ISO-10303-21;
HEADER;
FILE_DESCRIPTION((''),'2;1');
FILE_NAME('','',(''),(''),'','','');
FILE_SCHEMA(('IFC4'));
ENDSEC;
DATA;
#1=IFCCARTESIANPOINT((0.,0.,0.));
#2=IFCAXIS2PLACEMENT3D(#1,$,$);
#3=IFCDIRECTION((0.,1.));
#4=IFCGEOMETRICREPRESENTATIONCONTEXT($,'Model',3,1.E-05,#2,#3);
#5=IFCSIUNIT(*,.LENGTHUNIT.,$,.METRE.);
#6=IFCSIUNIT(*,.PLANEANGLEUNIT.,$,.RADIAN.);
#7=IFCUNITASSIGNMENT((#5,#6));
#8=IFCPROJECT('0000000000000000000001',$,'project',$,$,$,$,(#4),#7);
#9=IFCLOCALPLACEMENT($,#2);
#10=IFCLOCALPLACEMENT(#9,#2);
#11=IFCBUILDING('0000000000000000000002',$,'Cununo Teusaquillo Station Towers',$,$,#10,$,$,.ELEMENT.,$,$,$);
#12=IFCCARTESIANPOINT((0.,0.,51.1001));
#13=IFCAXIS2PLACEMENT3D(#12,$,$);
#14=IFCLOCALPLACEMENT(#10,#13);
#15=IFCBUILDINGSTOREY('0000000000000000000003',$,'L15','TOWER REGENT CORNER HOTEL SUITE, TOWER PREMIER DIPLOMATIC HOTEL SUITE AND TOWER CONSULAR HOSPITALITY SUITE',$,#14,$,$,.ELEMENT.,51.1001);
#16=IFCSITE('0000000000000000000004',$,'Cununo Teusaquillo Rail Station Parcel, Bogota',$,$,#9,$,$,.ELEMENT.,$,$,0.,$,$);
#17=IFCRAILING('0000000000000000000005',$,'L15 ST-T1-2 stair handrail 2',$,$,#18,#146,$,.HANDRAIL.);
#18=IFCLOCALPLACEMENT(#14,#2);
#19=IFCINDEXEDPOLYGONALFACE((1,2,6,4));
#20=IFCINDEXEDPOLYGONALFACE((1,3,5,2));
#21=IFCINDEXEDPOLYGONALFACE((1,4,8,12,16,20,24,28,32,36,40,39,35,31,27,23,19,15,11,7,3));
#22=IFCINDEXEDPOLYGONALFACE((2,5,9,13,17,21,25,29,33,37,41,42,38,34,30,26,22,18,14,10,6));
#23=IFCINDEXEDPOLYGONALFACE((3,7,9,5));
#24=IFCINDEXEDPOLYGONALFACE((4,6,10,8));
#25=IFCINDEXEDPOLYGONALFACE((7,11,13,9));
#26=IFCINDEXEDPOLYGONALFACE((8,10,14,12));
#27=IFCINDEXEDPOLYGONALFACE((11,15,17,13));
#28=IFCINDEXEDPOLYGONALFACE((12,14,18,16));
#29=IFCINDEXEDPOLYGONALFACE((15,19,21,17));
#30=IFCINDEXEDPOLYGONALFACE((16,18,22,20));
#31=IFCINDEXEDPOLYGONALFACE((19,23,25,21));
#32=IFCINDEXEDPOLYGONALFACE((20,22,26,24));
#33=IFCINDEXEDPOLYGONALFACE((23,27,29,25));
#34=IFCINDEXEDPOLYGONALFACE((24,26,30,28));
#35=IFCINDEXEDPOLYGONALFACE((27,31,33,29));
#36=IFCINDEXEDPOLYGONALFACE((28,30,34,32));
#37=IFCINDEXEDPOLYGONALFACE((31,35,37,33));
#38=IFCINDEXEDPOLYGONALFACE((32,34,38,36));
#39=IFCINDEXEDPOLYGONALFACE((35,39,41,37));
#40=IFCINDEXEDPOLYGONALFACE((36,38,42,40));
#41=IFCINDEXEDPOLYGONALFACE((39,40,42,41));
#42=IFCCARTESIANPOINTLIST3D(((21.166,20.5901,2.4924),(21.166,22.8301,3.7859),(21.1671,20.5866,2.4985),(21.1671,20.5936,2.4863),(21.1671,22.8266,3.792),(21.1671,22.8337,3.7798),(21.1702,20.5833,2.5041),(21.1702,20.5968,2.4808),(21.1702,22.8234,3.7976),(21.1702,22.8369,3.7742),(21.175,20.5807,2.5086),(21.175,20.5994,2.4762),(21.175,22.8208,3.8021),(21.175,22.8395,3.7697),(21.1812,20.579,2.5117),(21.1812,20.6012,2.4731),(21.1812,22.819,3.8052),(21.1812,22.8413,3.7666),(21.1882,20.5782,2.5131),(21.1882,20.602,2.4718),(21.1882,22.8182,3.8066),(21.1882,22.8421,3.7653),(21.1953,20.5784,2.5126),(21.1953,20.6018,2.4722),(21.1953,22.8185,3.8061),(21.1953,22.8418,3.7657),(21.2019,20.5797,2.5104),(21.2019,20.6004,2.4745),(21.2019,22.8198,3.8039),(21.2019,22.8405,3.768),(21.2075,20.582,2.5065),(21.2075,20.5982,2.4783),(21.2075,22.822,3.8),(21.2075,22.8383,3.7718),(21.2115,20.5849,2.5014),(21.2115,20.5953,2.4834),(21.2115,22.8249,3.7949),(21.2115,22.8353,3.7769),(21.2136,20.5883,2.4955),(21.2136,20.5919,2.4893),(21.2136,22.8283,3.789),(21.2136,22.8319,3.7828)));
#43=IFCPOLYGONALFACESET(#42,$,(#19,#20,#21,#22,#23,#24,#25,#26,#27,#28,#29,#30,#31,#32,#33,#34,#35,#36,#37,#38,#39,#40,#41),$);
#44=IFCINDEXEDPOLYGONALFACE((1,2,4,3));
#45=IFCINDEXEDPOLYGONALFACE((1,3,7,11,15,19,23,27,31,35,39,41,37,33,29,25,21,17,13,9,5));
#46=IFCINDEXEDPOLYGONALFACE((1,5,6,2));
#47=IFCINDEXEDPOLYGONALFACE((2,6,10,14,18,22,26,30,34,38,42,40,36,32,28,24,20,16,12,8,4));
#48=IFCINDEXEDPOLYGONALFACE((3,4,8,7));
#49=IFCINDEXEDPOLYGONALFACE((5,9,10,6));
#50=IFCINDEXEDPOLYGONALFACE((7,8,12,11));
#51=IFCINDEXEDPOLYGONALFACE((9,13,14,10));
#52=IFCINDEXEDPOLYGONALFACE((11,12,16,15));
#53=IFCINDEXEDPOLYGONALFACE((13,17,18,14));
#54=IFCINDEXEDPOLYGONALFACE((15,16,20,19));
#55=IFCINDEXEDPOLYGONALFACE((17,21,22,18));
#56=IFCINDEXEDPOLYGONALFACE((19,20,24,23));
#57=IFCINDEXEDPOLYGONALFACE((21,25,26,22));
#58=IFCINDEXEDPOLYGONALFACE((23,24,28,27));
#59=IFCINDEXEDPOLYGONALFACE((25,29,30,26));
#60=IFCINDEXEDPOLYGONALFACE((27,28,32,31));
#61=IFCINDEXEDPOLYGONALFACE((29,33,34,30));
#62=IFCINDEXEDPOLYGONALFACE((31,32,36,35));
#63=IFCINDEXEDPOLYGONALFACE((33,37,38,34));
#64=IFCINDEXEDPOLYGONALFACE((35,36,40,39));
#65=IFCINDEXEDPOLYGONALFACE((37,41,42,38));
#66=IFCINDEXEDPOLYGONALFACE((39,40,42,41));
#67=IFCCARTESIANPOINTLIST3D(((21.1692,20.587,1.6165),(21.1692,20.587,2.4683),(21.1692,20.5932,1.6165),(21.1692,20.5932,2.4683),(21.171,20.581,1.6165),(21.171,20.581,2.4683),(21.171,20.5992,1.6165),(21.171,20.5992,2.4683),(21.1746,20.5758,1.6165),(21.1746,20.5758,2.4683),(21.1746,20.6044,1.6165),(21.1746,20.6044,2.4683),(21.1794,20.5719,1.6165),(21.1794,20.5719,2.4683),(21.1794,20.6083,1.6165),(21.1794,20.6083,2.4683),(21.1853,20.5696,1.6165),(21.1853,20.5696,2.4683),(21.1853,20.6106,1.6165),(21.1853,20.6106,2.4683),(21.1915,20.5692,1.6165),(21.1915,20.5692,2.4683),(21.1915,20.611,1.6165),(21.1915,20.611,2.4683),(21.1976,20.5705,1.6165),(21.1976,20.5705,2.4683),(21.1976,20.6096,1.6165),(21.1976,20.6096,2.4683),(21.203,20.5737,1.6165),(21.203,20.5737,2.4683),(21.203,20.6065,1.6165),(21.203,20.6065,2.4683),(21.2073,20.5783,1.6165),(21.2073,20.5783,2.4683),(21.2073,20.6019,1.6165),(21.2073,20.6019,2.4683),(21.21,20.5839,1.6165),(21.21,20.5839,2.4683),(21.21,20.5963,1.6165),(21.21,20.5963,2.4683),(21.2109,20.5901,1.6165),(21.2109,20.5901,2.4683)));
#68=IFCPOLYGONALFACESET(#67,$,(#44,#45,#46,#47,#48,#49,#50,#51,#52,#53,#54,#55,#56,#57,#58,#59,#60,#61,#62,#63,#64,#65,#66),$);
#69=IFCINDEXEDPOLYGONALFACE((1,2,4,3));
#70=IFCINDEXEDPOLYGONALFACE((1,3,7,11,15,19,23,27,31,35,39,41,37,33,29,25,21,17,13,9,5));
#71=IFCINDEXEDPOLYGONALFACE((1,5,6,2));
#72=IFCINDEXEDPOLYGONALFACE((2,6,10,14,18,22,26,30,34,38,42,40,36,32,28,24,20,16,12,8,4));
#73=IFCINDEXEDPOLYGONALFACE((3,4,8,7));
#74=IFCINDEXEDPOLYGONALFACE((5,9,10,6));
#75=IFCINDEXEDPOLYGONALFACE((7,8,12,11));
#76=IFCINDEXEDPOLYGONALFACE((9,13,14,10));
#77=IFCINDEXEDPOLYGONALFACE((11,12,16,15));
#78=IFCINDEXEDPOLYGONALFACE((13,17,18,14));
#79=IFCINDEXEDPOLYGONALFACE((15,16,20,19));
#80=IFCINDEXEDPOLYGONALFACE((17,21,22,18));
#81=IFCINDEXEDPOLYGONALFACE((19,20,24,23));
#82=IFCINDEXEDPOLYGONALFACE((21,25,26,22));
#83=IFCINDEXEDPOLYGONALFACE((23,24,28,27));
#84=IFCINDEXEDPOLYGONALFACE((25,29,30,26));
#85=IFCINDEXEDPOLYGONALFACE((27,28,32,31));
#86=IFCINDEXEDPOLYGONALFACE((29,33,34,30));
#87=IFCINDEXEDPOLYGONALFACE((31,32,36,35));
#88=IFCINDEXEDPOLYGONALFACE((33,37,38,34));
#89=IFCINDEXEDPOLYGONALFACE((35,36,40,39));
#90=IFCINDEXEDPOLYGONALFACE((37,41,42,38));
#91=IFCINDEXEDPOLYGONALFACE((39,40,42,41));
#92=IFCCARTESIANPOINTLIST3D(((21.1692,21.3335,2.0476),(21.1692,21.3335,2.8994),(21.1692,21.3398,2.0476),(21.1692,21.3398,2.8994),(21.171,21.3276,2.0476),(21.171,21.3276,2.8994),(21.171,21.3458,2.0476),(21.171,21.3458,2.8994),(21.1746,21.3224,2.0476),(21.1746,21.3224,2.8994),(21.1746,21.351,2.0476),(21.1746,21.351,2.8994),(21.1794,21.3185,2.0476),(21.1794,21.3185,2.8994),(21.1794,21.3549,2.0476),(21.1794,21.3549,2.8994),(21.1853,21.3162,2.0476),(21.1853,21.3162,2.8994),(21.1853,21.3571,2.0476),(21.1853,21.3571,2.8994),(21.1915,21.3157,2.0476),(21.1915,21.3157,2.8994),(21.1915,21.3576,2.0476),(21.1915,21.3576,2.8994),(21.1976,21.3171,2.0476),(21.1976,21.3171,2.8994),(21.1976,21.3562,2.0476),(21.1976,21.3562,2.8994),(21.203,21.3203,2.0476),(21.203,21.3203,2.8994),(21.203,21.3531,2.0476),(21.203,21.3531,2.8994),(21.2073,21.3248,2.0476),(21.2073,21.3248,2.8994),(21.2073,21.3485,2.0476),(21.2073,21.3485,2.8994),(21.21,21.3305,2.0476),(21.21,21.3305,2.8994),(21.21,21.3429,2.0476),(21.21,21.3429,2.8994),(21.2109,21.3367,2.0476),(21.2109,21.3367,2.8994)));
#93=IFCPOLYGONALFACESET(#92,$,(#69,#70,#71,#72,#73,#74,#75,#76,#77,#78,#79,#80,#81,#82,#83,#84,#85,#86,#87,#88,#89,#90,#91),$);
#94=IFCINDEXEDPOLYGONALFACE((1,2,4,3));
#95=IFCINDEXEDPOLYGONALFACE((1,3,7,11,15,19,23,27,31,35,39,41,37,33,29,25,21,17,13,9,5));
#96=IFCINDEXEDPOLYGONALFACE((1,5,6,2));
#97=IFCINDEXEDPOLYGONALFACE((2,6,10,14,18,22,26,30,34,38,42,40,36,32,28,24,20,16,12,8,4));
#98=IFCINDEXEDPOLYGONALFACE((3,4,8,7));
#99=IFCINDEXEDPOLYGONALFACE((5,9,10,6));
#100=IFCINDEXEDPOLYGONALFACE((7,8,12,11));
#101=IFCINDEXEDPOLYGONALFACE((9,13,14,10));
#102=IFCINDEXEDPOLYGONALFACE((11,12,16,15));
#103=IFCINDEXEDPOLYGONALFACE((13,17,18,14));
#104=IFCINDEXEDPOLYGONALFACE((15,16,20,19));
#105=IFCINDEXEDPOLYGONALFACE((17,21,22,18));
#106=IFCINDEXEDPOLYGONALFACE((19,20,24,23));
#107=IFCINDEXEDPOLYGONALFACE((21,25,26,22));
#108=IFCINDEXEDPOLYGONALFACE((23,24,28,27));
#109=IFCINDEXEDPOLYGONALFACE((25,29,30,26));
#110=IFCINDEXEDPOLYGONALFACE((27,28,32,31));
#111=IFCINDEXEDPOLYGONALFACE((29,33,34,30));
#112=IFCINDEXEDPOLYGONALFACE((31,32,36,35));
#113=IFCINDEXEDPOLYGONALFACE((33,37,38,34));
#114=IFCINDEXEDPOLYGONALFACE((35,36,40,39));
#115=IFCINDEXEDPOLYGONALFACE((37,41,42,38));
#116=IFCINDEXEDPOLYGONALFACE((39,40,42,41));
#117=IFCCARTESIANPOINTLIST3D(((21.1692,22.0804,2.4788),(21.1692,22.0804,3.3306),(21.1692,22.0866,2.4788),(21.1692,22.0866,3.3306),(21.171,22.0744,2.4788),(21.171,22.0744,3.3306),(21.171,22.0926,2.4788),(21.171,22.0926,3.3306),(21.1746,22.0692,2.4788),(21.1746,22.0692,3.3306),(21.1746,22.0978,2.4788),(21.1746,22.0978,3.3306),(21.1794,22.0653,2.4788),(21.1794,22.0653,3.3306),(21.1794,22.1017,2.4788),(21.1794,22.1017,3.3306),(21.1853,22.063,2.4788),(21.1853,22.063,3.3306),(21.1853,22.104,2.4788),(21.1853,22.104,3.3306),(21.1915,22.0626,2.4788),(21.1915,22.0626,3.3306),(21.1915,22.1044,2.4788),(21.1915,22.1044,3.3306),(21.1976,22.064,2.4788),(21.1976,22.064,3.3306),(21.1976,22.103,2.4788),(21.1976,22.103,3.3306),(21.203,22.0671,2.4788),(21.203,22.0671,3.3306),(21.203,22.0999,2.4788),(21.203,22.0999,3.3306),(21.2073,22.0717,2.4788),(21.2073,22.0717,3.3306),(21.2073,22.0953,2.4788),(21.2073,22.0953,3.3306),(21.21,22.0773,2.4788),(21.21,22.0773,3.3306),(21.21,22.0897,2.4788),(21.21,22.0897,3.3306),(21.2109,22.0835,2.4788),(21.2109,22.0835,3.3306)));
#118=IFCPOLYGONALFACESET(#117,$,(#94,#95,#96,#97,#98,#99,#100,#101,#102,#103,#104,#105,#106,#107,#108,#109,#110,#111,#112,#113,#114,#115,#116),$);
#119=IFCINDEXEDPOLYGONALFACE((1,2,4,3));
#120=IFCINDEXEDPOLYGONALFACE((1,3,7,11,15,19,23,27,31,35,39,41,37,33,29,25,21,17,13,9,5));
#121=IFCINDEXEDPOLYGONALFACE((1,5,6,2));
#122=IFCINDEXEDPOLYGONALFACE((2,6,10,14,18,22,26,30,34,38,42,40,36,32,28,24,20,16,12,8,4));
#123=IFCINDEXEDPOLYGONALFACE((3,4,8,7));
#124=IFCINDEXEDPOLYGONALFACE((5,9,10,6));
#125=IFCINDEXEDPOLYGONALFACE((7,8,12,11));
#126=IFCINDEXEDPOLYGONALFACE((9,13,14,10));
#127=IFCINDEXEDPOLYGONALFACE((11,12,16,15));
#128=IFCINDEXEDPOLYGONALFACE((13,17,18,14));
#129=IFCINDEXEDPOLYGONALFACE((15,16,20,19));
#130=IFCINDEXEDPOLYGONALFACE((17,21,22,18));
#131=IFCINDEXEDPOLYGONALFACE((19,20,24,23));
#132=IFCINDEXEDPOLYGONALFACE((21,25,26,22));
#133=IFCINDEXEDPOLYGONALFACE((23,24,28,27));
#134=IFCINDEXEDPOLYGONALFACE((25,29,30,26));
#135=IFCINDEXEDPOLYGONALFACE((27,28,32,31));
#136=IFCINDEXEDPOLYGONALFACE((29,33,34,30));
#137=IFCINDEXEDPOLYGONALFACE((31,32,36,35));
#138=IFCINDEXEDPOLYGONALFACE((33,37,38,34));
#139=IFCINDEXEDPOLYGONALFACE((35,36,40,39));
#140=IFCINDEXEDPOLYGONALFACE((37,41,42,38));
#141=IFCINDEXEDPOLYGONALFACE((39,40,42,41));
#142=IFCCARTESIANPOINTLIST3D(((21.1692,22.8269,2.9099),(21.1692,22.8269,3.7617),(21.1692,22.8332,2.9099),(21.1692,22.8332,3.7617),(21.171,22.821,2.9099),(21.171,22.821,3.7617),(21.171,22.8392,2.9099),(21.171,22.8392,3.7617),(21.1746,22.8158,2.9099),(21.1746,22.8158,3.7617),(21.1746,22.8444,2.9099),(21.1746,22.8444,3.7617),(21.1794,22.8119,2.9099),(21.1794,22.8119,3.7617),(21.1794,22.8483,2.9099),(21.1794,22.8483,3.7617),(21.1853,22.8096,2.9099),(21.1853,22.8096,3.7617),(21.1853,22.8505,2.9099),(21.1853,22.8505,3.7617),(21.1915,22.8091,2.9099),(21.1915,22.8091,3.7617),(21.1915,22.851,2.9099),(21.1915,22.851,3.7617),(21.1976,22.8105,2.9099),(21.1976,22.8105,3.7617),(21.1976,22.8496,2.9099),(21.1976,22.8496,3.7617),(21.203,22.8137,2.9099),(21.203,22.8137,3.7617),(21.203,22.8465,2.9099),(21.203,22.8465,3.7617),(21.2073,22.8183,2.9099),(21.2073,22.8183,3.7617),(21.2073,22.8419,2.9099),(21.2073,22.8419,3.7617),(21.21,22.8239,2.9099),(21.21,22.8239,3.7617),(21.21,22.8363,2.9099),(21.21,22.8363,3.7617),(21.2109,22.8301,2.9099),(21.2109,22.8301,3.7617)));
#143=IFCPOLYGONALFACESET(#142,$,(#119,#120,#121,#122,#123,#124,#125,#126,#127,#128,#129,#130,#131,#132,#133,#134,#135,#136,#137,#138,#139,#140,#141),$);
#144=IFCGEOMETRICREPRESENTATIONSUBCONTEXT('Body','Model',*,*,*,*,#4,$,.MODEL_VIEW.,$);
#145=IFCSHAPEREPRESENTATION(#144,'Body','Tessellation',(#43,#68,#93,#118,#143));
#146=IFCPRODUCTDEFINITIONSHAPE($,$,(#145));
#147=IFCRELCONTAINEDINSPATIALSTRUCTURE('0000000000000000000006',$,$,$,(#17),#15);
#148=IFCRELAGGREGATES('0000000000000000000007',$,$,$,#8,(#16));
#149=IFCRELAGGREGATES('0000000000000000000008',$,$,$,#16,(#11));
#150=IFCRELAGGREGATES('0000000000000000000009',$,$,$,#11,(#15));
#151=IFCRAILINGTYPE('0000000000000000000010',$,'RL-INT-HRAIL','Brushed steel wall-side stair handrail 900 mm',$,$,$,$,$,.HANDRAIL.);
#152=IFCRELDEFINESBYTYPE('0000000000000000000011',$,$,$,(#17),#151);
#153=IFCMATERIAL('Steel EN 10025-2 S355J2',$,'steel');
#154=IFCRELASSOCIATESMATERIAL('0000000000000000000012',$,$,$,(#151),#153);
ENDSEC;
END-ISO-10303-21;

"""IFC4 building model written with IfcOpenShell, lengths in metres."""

from ifc_helpers import new_model, si_unit, direction, frame, origin, origin_2d, place, context, subcontext, project, spatial, circle, extrude, material, type_object, element, save


model = new_model("IFC4")

# Units and contexts
model_context = context("Model", 3, precision=1e-05, world=origin(), true_north=direction((0.0, 1.0)))
body_context = subcontext(model_context, "Body", "Model", "MODEL_VIEW")
ifc_project = project(units=[si_unit("LENGTHUNIT", "METRE"), si_unit("PLANEANGLEUNIT", "RADIAN")], contexts=[model_context])

# Site, building, storey
site_placement = place(None, origin())
site = spatial("IfcSite", under=ifc_project, at=site_placement, Name="Cununo Teusaquillo Rail Station Parcel, Bogota", CompositionType="ELEMENT", RefElevation=0.0)
building_placement = place(site_placement, origin())
building = spatial("IfcBuilding", under=site, at=building_placement, Name="Cununo Teusaquillo Station Towers", CompositionType="ELEMENT")
storey_placement = place(building_placement, frame((0.0, 0.0, 51.1001)))
storey = spatial("IfcBuildingStorey", under=building, at=storey_placement, Name="L15", Description="TOWER REGENT CORNER HOTEL SUITE, TOWER PREMIER DIPLOMATIC HOTEL SUITE AND TOWER CONSULAR HOSPITALITY SUITE", CompositionType="ELEMENT", Elevation=51.1001)

# Railing
ifc_material_1 = material(Name="Steel EN 10025-2 S355J2", Category="steel")
railing_type_1 = type_object("IfcRailingType", Name="RL-INT-HRAIL", Description="Brushed steel wall-side stair handrail 900 mm", PredefinedType="HANDRAIL", material=ifc_material_1)
railing_1_placement = place(storey_placement, frame((21.1899, 20.5901, 1.6165)))
element("IfcRailing", 1, at=railing_1_placement, inside=storey, type_object=railing_type_1, Name="L15 ST-T1-2 stair handrail 2", PredefinedType="HANDRAIL", context=body_context, shape_type="SweptSolid", body=[
    extrude(circle(Radius=0.0239, at=origin_2d()), frame((0.0, 0.0, 0.876), z_axis=(0.0, 0.865992, 0.500057), x_axis=(-1.0, 0.0, 0.0)), (0.0, 0.0, 1.0), 2.5867),
    extrude(circle(Radius=0.021, at=origin_2d()), origin(), (0.0, 0.0, 1.0), 0.8518),
    extrude(circle(Radius=0.021, at=origin_2d()), frame((0.0, 0.7466, 0.4312)), (0.0, 0.0, 1.0), 0.8518),
    extrude(circle(Radius=0.021, at=origin_2d()), frame((0.0, 1.4934, 0.8623)), (0.0, 0.0, 1.0), 0.8518),
    extrude(circle(Radius=0.021, at=origin_2d()), frame((0.0, 2.24, 1.2935)), (0.0, 0.0, 1.0), 0.8518),
])

save(model, "model.ifc")
